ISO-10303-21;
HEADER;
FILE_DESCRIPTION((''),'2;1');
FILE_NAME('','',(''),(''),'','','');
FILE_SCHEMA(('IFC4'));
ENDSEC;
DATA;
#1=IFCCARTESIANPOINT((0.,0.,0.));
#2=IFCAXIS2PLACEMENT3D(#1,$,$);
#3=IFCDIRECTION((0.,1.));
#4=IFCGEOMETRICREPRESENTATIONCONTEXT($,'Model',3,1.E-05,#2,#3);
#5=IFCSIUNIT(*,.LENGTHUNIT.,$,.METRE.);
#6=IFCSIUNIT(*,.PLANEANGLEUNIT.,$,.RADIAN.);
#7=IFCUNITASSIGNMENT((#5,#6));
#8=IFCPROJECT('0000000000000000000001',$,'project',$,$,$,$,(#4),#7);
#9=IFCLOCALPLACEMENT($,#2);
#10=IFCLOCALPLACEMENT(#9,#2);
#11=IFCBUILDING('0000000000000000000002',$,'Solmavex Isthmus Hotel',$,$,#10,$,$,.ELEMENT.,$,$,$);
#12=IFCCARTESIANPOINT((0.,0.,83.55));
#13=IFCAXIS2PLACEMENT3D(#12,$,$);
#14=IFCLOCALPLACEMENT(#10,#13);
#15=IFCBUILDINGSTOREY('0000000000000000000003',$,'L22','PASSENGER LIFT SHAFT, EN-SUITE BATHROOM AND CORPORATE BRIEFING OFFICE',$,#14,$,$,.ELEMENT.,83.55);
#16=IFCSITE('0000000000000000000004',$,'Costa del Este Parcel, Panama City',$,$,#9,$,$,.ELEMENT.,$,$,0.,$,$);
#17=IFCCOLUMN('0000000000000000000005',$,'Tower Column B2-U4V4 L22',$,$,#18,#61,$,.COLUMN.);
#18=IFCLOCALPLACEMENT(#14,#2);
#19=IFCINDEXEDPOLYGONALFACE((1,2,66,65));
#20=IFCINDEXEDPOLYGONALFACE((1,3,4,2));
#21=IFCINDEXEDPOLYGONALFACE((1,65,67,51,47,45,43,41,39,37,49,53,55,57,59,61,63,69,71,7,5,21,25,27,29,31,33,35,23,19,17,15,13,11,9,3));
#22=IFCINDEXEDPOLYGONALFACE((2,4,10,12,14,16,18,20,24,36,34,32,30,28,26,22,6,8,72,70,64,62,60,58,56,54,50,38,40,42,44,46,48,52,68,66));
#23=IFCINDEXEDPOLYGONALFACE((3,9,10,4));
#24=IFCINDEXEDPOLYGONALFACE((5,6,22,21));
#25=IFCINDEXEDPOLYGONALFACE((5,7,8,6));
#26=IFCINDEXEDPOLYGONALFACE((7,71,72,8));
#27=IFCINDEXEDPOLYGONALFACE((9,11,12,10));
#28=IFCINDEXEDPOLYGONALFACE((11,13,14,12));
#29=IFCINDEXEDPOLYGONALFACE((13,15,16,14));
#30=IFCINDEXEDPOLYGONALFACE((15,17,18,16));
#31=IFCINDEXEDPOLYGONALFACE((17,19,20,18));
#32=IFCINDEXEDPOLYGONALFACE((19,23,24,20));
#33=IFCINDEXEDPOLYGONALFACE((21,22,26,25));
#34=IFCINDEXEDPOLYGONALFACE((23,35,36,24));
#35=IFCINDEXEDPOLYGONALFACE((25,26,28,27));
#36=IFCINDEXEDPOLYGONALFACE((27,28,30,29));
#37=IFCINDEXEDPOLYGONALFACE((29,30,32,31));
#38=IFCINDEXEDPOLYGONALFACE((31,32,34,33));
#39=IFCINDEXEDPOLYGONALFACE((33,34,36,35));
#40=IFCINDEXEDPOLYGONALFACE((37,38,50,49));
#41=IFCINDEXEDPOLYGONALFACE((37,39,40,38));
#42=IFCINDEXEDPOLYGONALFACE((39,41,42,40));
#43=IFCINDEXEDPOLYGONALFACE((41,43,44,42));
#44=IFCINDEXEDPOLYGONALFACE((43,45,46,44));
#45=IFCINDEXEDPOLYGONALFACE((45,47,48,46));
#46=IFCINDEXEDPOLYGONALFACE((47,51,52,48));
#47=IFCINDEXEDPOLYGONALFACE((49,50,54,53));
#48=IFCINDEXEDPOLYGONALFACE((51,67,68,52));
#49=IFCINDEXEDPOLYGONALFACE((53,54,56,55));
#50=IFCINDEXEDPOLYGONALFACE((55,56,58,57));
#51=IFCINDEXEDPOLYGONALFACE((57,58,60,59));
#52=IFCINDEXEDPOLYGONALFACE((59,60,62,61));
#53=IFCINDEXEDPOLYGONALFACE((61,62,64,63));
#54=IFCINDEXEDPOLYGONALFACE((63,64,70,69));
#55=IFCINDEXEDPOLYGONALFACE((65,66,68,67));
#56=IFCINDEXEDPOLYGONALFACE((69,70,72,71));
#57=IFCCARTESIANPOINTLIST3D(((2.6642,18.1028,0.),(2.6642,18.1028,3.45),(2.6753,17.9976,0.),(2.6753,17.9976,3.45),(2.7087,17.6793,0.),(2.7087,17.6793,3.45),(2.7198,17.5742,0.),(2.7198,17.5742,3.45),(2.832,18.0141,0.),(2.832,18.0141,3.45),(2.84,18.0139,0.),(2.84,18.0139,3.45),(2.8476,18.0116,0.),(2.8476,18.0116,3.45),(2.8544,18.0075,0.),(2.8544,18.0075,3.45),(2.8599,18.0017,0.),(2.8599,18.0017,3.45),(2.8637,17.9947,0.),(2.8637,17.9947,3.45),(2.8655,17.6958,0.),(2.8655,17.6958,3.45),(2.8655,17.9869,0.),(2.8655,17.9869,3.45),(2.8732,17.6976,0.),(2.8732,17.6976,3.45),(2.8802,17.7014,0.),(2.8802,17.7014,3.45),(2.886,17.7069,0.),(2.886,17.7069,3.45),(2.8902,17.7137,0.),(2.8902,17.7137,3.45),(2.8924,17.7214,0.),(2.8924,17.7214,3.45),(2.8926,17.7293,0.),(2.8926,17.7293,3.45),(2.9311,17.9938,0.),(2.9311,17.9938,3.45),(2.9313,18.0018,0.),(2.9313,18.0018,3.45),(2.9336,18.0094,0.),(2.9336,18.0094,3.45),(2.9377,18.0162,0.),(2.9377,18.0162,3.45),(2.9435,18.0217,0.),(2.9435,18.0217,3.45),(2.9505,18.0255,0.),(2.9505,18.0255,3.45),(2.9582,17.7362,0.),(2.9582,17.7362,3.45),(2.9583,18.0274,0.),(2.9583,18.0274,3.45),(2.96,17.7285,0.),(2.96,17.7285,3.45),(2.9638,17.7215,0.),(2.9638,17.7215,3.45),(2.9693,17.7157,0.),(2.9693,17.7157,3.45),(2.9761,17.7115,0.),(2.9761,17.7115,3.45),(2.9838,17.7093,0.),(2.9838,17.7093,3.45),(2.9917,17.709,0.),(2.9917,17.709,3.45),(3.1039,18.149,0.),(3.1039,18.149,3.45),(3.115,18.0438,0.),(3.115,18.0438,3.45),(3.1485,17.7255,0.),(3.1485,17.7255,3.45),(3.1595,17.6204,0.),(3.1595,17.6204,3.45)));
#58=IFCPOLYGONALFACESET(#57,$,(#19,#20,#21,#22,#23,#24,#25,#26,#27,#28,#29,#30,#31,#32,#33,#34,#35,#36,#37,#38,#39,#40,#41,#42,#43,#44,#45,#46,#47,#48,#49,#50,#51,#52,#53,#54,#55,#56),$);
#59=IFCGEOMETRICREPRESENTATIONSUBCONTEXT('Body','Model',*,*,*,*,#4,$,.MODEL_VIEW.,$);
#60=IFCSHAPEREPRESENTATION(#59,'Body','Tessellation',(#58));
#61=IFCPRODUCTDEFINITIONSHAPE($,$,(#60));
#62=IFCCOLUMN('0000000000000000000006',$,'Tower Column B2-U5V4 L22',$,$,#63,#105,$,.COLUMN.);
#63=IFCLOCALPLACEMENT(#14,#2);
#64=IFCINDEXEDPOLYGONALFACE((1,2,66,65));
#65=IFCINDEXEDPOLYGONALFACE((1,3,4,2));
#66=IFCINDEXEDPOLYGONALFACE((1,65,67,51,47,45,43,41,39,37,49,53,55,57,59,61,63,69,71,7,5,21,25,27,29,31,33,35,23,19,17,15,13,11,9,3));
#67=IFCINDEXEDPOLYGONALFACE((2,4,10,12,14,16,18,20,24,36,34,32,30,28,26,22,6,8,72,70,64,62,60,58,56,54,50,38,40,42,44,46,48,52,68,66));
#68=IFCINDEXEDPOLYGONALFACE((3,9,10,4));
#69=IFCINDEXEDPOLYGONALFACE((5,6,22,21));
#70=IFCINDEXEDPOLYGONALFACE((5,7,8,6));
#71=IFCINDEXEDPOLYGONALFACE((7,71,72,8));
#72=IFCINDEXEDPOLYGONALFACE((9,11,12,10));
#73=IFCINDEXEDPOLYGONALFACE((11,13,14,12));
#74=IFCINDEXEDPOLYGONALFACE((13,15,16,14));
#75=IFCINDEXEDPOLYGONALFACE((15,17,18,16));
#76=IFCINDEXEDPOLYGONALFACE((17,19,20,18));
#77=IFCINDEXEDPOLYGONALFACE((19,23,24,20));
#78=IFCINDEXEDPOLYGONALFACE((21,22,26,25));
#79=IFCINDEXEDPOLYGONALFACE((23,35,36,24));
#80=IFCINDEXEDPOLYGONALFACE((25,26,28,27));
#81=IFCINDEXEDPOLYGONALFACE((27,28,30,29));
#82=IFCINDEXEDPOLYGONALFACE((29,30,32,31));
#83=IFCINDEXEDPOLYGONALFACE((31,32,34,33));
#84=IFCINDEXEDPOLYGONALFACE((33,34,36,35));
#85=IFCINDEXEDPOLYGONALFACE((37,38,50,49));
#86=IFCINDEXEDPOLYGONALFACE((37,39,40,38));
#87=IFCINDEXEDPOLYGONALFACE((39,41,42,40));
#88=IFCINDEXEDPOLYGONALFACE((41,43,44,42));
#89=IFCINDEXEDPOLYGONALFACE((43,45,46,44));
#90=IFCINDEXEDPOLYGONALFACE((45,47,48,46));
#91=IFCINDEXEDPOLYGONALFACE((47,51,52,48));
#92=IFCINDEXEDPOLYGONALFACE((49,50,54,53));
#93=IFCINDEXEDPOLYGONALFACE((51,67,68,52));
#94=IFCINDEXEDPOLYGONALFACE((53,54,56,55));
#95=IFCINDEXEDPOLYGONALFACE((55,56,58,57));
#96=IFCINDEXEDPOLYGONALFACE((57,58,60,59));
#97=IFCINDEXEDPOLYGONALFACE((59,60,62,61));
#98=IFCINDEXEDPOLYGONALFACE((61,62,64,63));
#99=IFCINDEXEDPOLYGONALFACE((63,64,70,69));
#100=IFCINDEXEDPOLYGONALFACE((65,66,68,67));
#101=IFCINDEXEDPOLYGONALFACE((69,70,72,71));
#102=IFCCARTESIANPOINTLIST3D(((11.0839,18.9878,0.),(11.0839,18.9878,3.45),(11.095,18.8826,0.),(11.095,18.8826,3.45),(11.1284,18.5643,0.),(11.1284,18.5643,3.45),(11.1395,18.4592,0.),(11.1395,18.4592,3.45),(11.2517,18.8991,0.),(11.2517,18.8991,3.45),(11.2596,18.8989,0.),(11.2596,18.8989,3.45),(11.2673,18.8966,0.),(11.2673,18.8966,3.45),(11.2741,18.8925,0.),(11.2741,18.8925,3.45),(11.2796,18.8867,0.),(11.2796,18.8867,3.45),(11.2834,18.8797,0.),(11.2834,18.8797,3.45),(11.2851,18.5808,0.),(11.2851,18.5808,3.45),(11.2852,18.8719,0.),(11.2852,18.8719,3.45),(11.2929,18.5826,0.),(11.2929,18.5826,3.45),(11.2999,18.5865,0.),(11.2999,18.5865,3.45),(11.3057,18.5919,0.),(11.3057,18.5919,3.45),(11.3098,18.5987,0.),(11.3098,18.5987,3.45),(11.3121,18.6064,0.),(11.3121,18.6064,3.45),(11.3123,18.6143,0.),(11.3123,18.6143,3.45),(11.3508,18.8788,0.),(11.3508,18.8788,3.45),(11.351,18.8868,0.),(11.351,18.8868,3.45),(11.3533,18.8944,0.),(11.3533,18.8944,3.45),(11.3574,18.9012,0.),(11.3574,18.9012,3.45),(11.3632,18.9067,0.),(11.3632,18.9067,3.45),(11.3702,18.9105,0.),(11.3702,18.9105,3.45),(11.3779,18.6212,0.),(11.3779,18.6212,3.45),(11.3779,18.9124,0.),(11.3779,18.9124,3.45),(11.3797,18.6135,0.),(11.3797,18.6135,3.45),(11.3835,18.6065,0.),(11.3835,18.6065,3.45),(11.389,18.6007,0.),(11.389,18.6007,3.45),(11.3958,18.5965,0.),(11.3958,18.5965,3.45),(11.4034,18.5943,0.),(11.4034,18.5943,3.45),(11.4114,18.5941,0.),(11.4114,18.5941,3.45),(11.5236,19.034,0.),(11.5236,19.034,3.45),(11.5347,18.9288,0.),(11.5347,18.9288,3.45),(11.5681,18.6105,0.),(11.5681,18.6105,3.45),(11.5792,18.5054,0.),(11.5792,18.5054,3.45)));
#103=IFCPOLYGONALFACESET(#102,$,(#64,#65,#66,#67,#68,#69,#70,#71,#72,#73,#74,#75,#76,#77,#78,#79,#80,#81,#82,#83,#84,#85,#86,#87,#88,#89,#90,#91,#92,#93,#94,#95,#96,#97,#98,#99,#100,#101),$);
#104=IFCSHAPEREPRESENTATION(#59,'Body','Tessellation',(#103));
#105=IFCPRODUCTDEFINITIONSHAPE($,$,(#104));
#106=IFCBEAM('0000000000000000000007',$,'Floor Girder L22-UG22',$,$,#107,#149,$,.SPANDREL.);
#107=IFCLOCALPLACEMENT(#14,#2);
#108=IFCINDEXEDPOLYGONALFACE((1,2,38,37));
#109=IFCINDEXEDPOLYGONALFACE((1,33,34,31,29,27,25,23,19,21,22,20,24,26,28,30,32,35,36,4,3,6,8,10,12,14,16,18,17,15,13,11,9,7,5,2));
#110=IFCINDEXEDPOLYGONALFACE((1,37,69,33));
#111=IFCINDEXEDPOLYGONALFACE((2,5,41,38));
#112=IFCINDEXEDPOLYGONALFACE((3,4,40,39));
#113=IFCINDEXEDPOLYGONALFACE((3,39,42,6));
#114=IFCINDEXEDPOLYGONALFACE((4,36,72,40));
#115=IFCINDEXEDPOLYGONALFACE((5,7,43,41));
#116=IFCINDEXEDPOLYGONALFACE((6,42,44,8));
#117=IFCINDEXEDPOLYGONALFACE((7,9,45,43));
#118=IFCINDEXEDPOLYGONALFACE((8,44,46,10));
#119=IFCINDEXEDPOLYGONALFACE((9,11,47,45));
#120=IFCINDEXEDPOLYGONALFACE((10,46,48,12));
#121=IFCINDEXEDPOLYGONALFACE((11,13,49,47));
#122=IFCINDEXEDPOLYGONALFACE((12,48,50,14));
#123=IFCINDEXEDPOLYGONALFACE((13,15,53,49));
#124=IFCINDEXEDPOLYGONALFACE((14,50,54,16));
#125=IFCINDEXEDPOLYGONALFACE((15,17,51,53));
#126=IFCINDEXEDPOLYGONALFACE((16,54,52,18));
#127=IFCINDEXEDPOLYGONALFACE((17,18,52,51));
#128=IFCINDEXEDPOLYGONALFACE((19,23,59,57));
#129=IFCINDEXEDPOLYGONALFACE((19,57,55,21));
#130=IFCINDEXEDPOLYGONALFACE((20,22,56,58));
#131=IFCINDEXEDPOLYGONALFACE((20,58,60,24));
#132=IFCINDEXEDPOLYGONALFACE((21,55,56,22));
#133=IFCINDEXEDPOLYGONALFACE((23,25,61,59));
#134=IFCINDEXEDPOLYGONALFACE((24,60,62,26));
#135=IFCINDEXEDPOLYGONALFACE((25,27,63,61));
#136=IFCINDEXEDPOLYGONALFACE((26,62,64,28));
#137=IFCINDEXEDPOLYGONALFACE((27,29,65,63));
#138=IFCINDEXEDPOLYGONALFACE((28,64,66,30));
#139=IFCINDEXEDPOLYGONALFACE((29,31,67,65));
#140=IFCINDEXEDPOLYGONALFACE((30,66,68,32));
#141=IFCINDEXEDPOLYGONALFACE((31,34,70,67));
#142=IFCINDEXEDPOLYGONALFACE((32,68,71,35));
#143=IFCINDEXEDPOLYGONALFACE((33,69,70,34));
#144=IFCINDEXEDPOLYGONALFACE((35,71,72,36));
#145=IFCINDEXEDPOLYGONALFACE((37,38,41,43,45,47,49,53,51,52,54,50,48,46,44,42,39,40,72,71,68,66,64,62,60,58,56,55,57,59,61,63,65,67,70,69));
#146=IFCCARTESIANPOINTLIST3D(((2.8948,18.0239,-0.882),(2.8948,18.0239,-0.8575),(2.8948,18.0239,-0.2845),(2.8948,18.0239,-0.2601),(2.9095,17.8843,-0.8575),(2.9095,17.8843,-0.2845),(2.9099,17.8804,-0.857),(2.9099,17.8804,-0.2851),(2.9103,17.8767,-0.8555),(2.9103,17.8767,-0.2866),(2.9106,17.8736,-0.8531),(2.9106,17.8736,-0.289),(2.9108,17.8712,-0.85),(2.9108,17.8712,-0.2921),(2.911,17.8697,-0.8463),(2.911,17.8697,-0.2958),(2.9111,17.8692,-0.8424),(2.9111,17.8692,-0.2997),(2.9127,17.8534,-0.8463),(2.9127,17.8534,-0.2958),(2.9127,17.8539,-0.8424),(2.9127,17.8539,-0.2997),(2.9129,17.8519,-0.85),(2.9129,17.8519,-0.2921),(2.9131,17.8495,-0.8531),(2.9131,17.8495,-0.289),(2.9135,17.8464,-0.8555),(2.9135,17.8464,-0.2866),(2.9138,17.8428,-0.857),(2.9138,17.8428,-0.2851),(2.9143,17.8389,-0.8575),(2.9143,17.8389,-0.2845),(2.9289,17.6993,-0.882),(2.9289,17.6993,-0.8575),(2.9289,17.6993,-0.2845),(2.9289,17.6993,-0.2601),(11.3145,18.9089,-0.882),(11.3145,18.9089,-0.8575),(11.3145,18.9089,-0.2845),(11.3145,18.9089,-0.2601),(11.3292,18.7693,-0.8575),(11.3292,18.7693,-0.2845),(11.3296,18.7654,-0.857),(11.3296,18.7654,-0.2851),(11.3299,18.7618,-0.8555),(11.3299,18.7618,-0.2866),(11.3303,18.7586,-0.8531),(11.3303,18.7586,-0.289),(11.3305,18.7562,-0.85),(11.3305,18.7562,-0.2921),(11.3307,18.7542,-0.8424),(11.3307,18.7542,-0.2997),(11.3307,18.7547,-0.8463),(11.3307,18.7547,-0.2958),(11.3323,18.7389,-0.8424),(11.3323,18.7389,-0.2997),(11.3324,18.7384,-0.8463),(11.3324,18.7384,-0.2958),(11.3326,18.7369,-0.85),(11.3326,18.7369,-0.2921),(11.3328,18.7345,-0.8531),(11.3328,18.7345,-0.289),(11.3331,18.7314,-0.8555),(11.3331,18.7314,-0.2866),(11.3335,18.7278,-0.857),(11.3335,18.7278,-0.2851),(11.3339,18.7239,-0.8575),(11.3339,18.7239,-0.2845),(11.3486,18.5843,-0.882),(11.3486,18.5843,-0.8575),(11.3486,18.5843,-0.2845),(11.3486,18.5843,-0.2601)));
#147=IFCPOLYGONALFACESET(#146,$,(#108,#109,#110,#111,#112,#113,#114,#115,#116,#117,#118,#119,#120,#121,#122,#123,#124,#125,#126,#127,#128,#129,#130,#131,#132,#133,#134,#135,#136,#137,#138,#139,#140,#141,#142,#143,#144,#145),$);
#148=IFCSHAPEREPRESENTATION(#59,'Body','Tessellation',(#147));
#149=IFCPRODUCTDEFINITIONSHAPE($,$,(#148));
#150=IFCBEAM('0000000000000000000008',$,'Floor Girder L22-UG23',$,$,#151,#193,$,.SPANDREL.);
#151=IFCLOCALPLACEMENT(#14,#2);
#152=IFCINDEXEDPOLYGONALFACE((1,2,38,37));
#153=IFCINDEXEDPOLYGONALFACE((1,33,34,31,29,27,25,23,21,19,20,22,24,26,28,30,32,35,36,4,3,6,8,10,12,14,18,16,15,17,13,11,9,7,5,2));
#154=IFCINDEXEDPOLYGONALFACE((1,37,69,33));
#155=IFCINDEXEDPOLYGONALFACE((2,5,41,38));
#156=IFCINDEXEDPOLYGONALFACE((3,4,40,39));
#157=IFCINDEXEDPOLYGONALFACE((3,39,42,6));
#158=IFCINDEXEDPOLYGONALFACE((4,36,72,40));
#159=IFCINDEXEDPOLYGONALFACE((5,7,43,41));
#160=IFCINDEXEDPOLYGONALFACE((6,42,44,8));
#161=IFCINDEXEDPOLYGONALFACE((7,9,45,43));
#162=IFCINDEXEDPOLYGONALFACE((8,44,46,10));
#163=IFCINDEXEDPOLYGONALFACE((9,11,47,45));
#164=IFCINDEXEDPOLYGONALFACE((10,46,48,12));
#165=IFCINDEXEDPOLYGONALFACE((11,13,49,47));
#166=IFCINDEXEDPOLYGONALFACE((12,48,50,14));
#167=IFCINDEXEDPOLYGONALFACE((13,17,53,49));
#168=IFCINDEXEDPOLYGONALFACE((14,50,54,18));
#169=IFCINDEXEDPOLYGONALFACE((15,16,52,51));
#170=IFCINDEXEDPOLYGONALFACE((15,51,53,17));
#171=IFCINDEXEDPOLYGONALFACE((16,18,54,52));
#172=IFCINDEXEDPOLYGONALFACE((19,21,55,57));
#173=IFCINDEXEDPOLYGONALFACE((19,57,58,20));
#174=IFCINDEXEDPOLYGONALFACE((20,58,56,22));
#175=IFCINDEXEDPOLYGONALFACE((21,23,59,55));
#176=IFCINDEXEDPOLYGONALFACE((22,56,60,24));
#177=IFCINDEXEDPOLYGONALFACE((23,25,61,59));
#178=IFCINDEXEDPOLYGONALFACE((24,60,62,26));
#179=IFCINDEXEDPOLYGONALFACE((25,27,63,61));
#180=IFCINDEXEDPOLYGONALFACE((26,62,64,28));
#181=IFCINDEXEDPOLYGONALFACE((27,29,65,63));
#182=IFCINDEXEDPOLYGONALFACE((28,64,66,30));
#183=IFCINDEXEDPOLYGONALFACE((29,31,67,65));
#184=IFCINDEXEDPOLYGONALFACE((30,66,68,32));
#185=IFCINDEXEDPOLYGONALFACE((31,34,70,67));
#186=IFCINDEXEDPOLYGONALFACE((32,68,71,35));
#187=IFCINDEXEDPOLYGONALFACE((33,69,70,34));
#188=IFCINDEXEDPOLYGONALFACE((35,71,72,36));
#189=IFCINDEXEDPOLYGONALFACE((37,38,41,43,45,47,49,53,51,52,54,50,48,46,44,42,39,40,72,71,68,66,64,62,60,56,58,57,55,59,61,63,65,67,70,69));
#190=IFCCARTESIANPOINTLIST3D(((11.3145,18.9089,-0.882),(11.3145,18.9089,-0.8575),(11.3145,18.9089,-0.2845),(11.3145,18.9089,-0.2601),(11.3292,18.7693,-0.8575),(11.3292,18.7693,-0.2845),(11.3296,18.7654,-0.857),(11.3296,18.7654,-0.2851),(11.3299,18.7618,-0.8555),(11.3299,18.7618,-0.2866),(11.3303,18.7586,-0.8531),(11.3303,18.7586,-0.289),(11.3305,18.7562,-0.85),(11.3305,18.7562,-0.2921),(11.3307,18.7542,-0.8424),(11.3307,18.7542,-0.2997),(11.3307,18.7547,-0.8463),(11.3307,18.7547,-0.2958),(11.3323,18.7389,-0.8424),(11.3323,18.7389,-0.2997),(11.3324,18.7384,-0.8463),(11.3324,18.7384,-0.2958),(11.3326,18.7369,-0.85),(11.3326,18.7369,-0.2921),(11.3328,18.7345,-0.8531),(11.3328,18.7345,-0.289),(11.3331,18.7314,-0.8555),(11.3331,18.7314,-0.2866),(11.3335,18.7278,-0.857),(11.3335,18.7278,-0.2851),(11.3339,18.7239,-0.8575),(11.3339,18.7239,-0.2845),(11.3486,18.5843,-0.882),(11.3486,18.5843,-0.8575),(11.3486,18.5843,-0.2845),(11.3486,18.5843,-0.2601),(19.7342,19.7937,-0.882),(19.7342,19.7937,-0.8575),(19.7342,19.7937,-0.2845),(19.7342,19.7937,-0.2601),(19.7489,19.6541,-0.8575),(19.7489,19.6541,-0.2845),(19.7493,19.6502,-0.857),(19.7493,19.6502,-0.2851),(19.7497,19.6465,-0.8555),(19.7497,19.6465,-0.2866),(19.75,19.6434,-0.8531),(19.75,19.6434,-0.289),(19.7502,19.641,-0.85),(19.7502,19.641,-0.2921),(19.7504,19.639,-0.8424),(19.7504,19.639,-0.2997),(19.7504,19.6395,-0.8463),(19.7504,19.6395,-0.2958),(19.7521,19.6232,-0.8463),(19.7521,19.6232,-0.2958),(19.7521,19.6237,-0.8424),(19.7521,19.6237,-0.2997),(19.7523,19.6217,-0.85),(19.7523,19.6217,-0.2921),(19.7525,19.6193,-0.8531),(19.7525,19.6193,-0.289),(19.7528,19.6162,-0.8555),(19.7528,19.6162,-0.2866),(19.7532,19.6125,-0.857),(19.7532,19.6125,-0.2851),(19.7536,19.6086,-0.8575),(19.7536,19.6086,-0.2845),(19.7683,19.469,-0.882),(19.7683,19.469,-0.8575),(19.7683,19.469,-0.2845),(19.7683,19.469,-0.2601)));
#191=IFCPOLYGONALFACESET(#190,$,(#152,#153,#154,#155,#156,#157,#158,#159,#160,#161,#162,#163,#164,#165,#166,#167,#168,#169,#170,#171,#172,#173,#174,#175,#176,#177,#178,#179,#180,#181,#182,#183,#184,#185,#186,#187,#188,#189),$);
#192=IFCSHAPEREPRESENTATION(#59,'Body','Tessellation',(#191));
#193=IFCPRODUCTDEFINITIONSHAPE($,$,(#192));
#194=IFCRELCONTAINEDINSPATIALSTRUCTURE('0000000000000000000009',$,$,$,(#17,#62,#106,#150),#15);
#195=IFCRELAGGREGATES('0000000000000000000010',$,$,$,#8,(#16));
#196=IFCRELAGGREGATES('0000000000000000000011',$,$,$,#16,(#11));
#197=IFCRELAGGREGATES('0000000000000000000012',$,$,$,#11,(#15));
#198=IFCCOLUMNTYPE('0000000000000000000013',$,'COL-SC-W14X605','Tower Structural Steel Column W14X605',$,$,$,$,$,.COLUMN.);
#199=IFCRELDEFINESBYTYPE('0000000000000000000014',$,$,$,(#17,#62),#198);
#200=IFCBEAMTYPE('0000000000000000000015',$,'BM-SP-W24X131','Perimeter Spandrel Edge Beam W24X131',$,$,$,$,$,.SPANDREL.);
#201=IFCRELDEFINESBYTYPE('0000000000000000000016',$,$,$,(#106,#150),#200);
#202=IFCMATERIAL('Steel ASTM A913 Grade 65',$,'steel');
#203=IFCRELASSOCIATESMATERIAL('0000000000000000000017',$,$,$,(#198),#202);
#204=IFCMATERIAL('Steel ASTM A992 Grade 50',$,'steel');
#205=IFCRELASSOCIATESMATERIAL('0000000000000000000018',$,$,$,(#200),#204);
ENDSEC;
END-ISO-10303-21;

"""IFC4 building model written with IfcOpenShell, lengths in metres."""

from ifc_helpers import new_model, si_unit, direction, frame, origin, origin_2d, place, context, subcontext, project, spatial, i_section, extrude, material, material_profile, profile_set, type_object, element, save


model = new_model("IFC4")

# Units and contexts
model_context = context("Model", 3, precision=1e-05, world=origin(), true_north=direction((0.0, 1.0)))
body_context = subcontext(model_context, "Body", "Model", "MODEL_VIEW")
ifc_project = project(units=[si_unit("LENGTHUNIT", "METRE"), si_unit("PLANEANGLEUNIT", "RADIAN")], contexts=[model_context])

# Site, building, storey
site_placement = place(None, origin())
site = spatial("IfcSite", under=ifc_project, at=site_placement, Name="Costa del Este Parcel, Panama City", CompositionType="ELEMENT", RefElevation=0.0)
building_placement = place(site_placement, origin())
building = spatial("IfcBuilding", under=site, at=building_placement, Name="Solmavex Isthmus Hotel", CompositionType="ELEMENT")
storey_placement = place(building_placement, frame((0.0, 0.0, 83.55)))
storey = spatial("IfcBuildingStorey", under=building, at=storey_placement, Name="L22", Description="PASSENGER LIFT SHAFT, EN-SUITE BATHROOM AND CORPORATE BRIEFING OFFICE", CompositionType="ELEMENT", Elevation=83.55)

# Columns
ifc_material_1 = material(Name="Steel ASTM A913 Grade 65", Category="steel")
ifc_material_profile_1 = material_profile(ifc_material_1, i_section(OverallWidth=0.4421, OverallDepth=0.5315, WebThickness=0.0659, FlangeThickness=0.1057, FilletRadius=0.0305, at=origin_2d()), Name="W14X605")
ifc_profile_set_1 = profile_set([ifc_material_profile_1], Name="Steel ASTM A913 Grade 65")
column_type = type_object("IfcColumnType", Name="COL-SC-W14X605", Description="Tower Structural Steel Column W14X605", PredefinedType="COLUMN", material=ifc_profile_set_1)
for number, where, z_axis, x_axis, name in (
    (1, (2.9119, 17.8616, 0.0), (0.0, 0.0, 1.0), (0.994522, 0.104528, 0.0), "Tower Column B2-U4V4 L22"),
    (2, (11.3315, 18.7466, 0.0), (0.0, 0.0, 1.0), (0.994522, 0.104528, 0.0), "Tower Column B2-U5V4 L22"),
):
    element("IfcColumn", number, at=place(storey_placement, frame(where, z_axis=z_axis, x_axis=x_axis)), inside=storey, type_object=column_type, Name=name, PredefinedType="COLUMN", context=body_context, shape_type="SweptSolid", body=[
        extrude(i_section(OverallWidth=0.4421, OverallDepth=0.5315, WebThickness=0.0659, FlangeThickness=0.1057, FilletRadius=0.0305, at=origin_2d()), origin(), (0.0, 0.0, 1.0), 3.45),
    ])

# Beams
ifc_material_2 = material(Name="Steel ASTM A992 Grade 50", Category="steel")
ifc_material_profile_2 = material_profile(ifc_material_2, i_section(OverallWidth=0.3264, OverallDepth=0.6218, WebThickness=0.0154, FlangeThickness=0.0244, FilletRadius=0.0151, at=origin_2d()), Name="W24X131")
ifc_profile_set_2 = profile_set([ifc_material_profile_2], Name="Steel ASTM A992 Grade 50")
beam_type = type_object("IfcBeamType", Name="BM-SP-W24X131", Description="Perimeter Spandrel Edge Beam W24X131", PredefinedType="SPANDREL", material=ifc_profile_set_2)
for number, where, z_axis, x_axis, name in (
    (3, (2.9119, 17.8616, -0.571), (0.994521, 0.104536, 0.0), (-0.104536, 0.994521, 0.0), "Floor Girder L22-UG22"),
    (4, (11.3315, 18.7466, -0.571), (0.994524, 0.104508, 0.0), (-0.104508, 0.994524, 0.0), "Floor Girder L22-UG23"),
):
    element("IfcBeam", number, at=place(storey_placement, frame(where, z_axis=z_axis, x_axis=x_axis)), inside=storey, type_object=beam_type, Name=name, PredefinedType="SPANDREL", context=body_context, shape_type="SweptSolid", body=[
        extrude(i_section(OverallWidth=0.3264, OverallDepth=0.6218, WebThickness=0.0154, FlangeThickness=0.0244, FilletRadius=0.0151, at=origin_2d()), origin(), (0.0, 0.0, 1.0), 8.4661),
    ])

save(model, "model.ifc")
